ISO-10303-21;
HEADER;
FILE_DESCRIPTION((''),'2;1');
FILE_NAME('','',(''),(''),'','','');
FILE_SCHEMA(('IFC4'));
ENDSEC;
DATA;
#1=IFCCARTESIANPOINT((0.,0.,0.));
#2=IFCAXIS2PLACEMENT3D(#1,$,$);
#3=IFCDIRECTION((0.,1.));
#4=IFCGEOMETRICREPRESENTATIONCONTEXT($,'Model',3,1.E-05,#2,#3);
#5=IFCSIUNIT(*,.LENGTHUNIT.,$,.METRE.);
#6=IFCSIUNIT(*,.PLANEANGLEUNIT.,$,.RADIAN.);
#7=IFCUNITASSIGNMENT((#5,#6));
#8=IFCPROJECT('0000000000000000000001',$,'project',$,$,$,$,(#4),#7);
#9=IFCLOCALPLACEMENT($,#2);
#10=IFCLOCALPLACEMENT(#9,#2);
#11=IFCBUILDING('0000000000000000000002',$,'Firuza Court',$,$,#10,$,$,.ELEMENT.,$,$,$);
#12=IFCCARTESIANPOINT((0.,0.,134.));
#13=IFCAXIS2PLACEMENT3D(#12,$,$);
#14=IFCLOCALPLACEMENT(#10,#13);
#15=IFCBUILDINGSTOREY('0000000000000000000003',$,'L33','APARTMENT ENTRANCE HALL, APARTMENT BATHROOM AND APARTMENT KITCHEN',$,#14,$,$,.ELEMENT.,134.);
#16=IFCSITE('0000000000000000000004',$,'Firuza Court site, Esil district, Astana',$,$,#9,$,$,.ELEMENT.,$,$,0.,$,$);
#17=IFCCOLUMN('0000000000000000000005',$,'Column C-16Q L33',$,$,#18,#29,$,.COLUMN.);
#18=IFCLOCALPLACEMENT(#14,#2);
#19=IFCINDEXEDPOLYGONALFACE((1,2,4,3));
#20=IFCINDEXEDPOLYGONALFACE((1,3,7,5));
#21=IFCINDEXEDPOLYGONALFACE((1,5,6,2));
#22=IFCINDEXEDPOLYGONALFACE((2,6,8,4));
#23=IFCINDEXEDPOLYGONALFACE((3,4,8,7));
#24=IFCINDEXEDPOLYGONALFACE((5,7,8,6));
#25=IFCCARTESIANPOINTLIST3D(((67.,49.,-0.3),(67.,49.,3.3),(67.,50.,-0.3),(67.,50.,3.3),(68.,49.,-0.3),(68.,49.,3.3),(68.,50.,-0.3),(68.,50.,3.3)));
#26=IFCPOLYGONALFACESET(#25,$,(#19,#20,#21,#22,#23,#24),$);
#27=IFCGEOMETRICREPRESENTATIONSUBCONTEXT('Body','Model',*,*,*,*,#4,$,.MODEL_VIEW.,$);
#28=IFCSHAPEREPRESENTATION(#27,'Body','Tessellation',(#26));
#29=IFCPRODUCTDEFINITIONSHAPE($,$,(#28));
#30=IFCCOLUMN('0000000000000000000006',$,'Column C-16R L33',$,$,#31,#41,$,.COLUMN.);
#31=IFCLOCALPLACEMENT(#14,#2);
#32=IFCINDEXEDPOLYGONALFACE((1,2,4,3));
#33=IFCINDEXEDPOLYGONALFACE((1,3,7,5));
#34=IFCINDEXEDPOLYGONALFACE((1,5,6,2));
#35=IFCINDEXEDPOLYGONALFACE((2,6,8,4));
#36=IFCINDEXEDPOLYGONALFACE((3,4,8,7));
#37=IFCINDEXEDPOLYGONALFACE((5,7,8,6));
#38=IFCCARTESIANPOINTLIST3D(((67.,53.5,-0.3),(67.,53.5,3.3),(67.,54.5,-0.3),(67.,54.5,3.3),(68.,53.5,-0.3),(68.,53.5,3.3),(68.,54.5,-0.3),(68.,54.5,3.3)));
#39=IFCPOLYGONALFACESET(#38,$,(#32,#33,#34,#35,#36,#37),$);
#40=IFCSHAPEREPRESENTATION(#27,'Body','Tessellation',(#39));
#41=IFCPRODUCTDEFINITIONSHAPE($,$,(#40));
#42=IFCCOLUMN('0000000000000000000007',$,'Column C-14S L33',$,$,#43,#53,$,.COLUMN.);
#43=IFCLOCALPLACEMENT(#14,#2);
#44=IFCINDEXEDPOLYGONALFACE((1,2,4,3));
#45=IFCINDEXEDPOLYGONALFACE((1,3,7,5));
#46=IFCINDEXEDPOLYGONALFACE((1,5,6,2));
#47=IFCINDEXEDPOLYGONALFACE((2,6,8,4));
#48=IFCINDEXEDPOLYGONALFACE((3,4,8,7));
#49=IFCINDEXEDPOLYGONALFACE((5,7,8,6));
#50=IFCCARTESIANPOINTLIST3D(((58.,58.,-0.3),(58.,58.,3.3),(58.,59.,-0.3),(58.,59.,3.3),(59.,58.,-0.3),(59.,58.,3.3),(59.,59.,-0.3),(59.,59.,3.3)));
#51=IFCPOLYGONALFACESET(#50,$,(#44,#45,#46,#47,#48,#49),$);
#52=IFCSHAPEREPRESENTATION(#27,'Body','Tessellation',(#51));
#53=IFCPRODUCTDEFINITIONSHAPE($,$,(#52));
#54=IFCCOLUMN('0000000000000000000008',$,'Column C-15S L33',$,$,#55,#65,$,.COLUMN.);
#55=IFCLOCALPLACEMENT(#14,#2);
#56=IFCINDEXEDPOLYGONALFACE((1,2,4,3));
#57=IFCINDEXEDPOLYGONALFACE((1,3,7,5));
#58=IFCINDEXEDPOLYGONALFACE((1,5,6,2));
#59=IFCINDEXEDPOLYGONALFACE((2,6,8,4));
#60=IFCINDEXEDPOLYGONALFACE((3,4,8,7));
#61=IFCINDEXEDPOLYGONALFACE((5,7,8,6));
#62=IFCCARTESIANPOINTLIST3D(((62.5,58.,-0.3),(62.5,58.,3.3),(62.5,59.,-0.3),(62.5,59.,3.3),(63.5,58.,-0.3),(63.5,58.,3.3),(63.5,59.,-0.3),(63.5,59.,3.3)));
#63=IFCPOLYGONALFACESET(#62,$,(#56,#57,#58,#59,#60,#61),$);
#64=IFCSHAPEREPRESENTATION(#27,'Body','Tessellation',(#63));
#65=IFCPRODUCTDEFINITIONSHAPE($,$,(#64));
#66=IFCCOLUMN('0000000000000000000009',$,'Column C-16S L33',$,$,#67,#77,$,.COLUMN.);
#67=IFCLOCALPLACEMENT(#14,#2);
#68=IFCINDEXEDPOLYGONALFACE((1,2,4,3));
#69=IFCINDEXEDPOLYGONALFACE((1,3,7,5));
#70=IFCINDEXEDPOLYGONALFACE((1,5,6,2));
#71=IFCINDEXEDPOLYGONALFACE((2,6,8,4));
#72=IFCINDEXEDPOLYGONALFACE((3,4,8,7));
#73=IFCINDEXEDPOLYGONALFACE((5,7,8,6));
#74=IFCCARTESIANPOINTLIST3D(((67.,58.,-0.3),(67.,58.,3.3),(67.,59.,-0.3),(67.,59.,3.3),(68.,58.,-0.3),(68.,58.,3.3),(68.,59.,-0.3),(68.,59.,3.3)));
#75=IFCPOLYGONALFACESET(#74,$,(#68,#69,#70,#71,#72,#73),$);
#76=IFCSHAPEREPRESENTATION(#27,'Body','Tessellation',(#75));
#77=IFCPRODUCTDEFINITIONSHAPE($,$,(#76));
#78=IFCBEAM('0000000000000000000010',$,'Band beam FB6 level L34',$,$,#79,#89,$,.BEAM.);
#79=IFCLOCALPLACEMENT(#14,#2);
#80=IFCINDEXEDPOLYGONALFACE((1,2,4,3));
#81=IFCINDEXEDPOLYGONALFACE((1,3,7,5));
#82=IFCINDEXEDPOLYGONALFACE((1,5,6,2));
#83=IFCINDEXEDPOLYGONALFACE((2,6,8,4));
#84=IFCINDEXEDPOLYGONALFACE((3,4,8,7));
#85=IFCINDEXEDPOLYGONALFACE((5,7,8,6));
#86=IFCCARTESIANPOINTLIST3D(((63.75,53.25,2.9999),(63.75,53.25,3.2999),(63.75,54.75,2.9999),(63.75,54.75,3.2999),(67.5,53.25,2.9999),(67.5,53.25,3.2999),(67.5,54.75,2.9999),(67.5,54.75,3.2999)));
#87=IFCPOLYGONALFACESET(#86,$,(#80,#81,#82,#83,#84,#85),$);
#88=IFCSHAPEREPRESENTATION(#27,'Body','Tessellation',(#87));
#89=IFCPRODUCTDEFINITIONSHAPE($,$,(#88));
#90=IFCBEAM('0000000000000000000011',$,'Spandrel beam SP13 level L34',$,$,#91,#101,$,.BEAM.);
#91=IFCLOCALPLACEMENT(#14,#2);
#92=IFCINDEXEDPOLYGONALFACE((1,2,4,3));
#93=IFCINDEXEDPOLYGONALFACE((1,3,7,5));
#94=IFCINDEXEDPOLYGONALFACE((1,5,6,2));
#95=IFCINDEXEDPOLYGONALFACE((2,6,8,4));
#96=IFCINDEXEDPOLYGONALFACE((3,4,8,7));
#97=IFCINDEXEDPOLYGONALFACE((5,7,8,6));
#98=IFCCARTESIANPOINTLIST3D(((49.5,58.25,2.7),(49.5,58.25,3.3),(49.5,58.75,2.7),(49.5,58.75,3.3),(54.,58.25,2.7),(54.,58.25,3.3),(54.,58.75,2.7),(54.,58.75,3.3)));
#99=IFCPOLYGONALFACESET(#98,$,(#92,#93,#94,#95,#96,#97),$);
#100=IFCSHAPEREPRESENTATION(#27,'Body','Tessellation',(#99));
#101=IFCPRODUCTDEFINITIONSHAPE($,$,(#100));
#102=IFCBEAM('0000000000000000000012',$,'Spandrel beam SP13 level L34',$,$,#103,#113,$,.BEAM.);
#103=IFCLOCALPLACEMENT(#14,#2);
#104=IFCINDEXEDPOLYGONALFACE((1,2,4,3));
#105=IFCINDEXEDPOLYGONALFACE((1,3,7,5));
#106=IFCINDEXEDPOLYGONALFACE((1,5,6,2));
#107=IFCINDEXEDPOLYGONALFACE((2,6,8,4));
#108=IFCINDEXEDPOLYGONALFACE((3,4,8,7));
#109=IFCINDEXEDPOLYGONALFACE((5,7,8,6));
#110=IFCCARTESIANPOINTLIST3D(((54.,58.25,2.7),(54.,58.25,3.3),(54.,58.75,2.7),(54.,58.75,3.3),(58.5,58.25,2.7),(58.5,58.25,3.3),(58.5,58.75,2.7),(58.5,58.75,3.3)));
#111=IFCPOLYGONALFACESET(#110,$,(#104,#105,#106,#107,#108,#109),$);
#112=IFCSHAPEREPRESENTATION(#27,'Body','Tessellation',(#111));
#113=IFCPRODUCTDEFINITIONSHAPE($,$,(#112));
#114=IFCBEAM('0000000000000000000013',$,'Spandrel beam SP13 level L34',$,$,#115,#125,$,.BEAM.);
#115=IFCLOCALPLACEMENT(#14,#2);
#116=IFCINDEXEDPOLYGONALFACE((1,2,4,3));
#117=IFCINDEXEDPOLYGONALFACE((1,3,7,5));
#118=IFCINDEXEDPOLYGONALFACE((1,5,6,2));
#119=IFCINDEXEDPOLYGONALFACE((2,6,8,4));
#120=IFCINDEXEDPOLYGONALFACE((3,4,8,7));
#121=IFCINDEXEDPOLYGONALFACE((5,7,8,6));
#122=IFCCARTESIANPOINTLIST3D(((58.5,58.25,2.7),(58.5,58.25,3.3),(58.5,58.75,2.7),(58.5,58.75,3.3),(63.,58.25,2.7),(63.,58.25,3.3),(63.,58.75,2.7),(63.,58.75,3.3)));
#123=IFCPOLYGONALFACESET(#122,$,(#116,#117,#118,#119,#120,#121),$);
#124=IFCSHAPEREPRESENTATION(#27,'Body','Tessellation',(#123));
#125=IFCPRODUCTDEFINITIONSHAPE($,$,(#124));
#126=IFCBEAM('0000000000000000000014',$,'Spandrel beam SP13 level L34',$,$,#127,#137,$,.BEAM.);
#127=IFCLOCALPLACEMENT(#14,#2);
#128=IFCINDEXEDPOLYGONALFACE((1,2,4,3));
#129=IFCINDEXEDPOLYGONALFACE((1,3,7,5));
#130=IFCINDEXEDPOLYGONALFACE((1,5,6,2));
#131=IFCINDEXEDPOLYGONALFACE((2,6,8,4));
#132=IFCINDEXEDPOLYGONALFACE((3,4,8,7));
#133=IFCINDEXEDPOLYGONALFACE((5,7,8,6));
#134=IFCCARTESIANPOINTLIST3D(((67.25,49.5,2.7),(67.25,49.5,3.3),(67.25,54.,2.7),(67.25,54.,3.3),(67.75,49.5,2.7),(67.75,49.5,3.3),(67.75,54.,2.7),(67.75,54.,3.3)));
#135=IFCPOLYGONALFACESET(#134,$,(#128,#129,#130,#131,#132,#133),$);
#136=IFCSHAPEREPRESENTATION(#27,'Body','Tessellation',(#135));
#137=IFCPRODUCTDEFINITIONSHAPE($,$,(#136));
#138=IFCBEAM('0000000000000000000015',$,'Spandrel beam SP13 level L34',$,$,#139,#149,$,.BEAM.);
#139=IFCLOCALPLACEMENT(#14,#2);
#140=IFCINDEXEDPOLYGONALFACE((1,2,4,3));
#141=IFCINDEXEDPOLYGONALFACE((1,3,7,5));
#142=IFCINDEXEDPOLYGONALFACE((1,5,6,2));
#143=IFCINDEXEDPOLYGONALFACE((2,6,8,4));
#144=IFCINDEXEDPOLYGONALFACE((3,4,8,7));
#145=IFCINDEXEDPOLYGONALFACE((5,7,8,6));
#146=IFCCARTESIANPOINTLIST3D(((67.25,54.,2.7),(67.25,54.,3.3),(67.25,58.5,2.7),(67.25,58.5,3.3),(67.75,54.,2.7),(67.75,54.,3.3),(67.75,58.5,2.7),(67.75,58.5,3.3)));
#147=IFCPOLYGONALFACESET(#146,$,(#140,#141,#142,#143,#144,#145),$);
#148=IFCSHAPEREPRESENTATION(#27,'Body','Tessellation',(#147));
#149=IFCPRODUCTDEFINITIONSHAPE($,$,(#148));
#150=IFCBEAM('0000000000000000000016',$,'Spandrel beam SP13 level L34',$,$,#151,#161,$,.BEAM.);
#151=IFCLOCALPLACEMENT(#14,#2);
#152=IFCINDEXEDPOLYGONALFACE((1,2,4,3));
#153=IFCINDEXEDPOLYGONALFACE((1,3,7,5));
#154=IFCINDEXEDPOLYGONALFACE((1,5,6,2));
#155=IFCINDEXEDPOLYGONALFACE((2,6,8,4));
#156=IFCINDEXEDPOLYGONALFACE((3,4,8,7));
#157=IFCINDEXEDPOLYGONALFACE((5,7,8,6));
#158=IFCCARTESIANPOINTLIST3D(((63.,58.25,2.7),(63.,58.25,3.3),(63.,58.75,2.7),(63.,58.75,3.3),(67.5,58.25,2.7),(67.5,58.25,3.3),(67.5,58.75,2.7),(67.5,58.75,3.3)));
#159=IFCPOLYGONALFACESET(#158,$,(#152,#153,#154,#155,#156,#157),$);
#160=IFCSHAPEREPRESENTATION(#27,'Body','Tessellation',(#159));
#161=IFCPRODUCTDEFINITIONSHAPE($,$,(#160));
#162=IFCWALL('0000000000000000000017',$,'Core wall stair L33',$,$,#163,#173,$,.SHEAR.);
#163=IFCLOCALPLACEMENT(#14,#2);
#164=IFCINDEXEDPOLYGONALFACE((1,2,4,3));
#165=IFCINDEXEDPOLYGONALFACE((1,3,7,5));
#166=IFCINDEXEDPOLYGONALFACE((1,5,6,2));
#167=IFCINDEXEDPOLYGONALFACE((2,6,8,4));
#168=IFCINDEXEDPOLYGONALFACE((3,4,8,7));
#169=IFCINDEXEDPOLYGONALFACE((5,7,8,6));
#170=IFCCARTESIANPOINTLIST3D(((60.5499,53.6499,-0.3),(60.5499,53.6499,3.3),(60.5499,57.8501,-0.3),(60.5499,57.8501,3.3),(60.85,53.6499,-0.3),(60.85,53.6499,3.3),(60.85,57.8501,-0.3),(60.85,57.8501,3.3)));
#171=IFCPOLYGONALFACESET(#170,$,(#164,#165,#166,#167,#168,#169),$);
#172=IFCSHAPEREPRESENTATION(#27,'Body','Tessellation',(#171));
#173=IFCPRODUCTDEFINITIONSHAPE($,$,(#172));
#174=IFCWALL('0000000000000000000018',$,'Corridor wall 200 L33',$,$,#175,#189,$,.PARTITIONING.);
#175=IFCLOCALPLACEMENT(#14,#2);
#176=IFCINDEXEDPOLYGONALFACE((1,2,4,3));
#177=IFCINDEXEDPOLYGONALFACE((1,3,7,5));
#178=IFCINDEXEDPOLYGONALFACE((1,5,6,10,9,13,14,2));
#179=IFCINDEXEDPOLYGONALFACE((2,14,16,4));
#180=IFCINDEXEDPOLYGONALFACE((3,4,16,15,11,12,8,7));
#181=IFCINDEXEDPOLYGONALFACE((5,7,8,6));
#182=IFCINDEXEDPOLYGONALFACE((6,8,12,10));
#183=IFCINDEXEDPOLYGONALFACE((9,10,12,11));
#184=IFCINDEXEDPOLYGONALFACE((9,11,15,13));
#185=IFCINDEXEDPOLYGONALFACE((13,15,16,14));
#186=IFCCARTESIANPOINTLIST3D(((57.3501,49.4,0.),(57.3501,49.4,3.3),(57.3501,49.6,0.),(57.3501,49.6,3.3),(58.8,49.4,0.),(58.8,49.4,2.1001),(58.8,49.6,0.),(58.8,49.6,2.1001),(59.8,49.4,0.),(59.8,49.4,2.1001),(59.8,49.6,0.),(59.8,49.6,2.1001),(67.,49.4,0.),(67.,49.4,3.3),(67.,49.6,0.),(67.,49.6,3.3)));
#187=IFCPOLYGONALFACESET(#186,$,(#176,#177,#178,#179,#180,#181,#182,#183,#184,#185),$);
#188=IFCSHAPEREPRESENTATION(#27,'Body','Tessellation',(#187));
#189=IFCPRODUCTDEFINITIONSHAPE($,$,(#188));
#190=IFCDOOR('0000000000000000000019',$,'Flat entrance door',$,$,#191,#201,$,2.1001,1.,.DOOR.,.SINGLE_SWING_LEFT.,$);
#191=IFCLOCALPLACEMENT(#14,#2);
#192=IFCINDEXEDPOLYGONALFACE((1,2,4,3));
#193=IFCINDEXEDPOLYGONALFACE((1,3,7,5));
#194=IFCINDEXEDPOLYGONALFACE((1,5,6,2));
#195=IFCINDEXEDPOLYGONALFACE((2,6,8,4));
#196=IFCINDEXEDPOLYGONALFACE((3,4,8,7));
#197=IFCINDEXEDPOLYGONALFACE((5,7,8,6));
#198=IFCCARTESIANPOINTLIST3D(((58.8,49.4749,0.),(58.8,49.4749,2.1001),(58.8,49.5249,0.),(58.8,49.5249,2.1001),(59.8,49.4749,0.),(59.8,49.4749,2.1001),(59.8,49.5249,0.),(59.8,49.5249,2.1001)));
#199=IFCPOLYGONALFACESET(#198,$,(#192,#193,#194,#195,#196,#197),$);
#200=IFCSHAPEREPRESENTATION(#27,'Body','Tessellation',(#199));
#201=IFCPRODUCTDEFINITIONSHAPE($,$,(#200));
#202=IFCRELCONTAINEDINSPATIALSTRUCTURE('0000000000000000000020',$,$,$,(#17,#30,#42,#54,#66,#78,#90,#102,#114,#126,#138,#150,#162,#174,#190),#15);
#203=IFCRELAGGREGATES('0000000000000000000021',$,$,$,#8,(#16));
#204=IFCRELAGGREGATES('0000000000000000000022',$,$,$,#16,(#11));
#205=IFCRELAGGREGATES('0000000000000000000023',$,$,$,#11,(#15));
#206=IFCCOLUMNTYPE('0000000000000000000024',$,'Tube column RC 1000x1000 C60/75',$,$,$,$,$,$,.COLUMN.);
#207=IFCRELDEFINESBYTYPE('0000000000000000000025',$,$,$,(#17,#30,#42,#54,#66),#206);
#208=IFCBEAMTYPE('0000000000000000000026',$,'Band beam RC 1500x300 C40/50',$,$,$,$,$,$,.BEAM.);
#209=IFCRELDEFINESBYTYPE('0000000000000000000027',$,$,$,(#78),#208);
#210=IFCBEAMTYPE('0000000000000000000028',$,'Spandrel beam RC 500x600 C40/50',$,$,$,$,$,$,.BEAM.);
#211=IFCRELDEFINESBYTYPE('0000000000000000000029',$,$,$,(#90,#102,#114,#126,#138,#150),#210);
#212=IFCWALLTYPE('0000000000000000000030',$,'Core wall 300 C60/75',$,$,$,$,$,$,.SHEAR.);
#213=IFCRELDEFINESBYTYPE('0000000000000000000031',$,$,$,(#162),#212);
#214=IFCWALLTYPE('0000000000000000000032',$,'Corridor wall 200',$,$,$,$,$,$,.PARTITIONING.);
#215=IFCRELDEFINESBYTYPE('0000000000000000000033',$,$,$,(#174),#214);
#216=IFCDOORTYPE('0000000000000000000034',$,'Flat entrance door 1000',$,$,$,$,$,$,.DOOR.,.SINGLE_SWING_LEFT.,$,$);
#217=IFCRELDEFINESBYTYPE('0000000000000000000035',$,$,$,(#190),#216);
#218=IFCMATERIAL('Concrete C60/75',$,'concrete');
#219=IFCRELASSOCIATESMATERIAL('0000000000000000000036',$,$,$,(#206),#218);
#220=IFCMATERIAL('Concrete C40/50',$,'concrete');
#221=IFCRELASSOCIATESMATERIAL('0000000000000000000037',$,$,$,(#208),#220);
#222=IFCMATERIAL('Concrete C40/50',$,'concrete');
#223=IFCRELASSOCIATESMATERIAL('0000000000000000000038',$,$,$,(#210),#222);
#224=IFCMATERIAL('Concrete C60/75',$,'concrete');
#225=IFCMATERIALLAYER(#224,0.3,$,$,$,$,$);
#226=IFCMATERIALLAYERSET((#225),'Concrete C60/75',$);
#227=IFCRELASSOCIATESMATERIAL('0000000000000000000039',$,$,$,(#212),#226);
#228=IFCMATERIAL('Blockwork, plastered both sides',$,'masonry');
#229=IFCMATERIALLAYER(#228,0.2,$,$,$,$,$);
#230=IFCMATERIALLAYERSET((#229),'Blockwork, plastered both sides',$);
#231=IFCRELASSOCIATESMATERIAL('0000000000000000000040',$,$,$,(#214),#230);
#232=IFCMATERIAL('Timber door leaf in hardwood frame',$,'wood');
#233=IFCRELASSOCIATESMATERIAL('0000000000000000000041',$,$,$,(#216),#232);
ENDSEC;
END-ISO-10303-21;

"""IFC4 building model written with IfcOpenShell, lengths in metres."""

from ifc_helpers import new_model, si_unit, direction, frame, frame_2d, origin, origin_2d, place, context, subcontext, project, spatial, rectangle, extrude, material, layer, layer_set, material_profile, profile_set, type_object, element, fill, save


model = new_model("IFC4")

# Units and contexts
model_context = context("Model", 3, precision=1e-05, world=origin(), true_north=direction((0.0, 1.0)))
body_context = subcontext(model_context, "Body", "Model", "MODEL_VIEW")
ifc_project = project(units=[si_unit("LENGTHUNIT", "METRE"), si_unit("PLANEANGLEUNIT", "RADIAN")], contexts=[model_context])

# Site, building, storey
site_placement = place(None, origin())
site = spatial("IfcSite", under=ifc_project, at=site_placement, Name="Firuza Court site, Esil district, Astana", CompositionType="ELEMENT", RefElevation=0.0)
building_placement = place(site_placement, origin())
building = spatial("IfcBuilding", under=site, at=building_placement, Name="Firuza Court", CompositionType="ELEMENT")
storey_placement = place(building_placement, frame((0.0, 0.0, 134.0)))
storey = spatial("IfcBuildingStorey", under=building, at=storey_placement, Name="L33", Description="APARTMENT ENTRANCE HALL, APARTMENT BATHROOM AND APARTMENT KITCHEN", CompositionType="ELEMENT", Elevation=134.0)

# Columns
ifc_material_1 = material(Name="Concrete C60/75", Category="concrete")
ifc_material_profile_1 = material_profile(ifc_material_1, rectangle(XDim=1.0, YDim=1.0, at=origin_2d()), Name="RC 1000x1000")
ifc_profile_set_1 = profile_set([ifc_material_profile_1], Name="Concrete C60/75")
column_type = type_object("IfcColumnType", Name="Tube column RC 1000x1000 C60/75", PredefinedType="COLUMN", material=ifc_profile_set_1)
for number, where, z_axis, x_axis, name in (
    (1, (67.5, 49.5, -0.3), (0.0, 0.0, 1.0), (1.0, 0.0, 0.0), "Column C-16Q L33"),
    (2, (67.5, 54.0, -0.3), (0.0, 0.0, 1.0), (1.0, 0.0, 0.0), "Column C-16R L33"),
    (3, (58.5, 58.5, -0.3), (0.0, 0.0, 1.0), (1.0, 0.0, 0.0), "Column C-14S L33"),
    (4, (63.0, 58.5, -0.3), (0.0, 0.0, 1.0), (1.0, 0.0, 0.0), "Column C-15S L33"),
    (5, (67.5, 58.5, -0.3), (0.0, 0.0, 1.0), (1.0, 0.0, 0.0), "Column C-16S L33"),
):
    element("IfcColumn", number, at=place(storey_placement, frame(where, z_axis=z_axis, x_axis=x_axis)), inside=storey, type_object=column_type, Name=name, PredefinedType="COLUMN", context=body_context, shape_type="SweptSolid", body=[
        extrude(rectangle(XDim=1.0, YDim=1.0, at=origin_2d()), origin(), (0.0, 0.0, 1.0), 3.6001),
    ])

# Beams
ifc_material_2 = material(Name="Concrete C40/50", Category="concrete")
ifc_material_profile_2 = material_profile(ifc_material_2, rectangle(XDim=1.5, YDim=0.3, at=origin_2d()), Name="RC 1500x300")
ifc_profile_set_2 = profile_set([ifc_material_profile_2], Name="Concrete C40/50")
beam_type_1 = type_object("IfcBeamType", Name="Band beam RC 1500x300 C40/50", PredefinedType="BEAM", material=ifc_profile_set_2)
beam_placement = place(storey_placement, frame((67.5, 54.0, 3.1499), z_axis=(-1.0, 0.0, 0.0), x_axis=(0.0, -1.0, 0.0)))
element("IfcBeam", 6, at=beam_placement, inside=storey, type_object=beam_type_1, Name="Band beam FB6 level L34", PredefinedType="BEAM", context=body_context, shape_type="SweptSolid", body=[
    extrude(rectangle(XDim=1.5, YDim=0.3, at=origin_2d()), origin(), (0.0, 0.0, 1.0), 3.75),
])
ifc_material_3 = material(Name="Concrete C40/50", Category="concrete")
ifc_material_profile_3 = material_profile(ifc_material_3, rectangle(XDim=0.5, YDim=0.6001, at=origin_2d()), Name="RC 500x600")
ifc_profile_set_3 = profile_set([ifc_material_profile_3], Name="Concrete C40/50")
beam_type_2 = type_object("IfcBeamType", Name="Spandrel beam RC 500x600 C40/50", PredefinedType="BEAM", material=ifc_profile_set_3)
for number, where, z_axis, x_axis, name in (
    (7, (54.0, 58.5, 3.0), (-1.0, 0.0, 0.0), (0.0, -1.0, 0.0), "Spandrel beam SP13 level L34"),
    (8, (58.5, 58.5, 3.0), (-1.0, 0.0, 0.0), (0.0, -1.0, 0.0), "Spandrel beam SP13 level L34"),
    (9, (63.0, 58.5, 3.0), (-1.0, 0.0, 0.0), (0.0, -1.0, 0.0), "Spandrel beam SP13 level L34"),
    (10, (67.5, 49.5, 3.0), (0.0, 1.0, 0.0), (-1.0, 0.0, 0.0), "Spandrel beam SP13 level L34"),
    (11, (67.5, 54.0, 3.0), (0.0, 1.0, 0.0), (-1.0, 0.0, 0.0), "Spandrel beam SP13 level L34"),
    (12, (67.5, 58.5, 3.0), (-1.0, 0.0, 0.0), (0.0, -1.0, 0.0), "Spandrel beam SP13 level L34"),
):
    element("IfcBeam", number, at=place(storey_placement, frame(where, z_axis=z_axis, x_axis=x_axis)), inside=storey, type_object=beam_type_2, Name=name, PredefinedType="BEAM", context=body_context, shape_type="SweptSolid", body=[
        extrude(rectangle(XDim=0.5, YDim=0.6001, at=origin_2d()), origin(), (0.0, 0.0, 1.0), 4.5),
    ])

# Wall
ifc_material_4 = material(Name="Concrete C60/75", Category="concrete")
ifc_layer_1 = layer(ifc_material_4, 0.3)
ifc_layer_set_1 = layer_set([ifc_layer_1], Name="Concrete C60/75")
wall_type_1 = type_object("IfcWallType", Name="Core wall 300 C60/75", PredefinedType="SHEAR", material=ifc_layer_set_1)
wall_1_placement = place(storey_placement, frame((60.7, 53.6499, -0.3), z_axis=(0.0, 0.0, 1.0), x_axis=(0.0, 1.0, 0.0)))
element("IfcWall", 13, at=wall_1_placement, inside=storey, type_object=wall_type_1, Name="Core wall stair L33", PredefinedType="SHEAR", context=body_context, shape_type="SweptSolid", body=[
    extrude(rectangle(XDim=4.2002, YDim=0.3, at=frame_2d((2.1001, 0.0))), origin(), (0.0, 0.0, 1.0), 3.6001),
])

# Wall, opening, door
ifc_material_5 = material(Name="Blockwork, plastered both sides", Category="masonry")
ifc_layer_2 = layer(ifc_material_5, 0.2)
ifc_layer_set_2 = layer_set([ifc_layer_2], Name="Blockwork, plastered both sides")
wall_type_2 = type_object("IfcWallType", Name="Corridor wall 200", PredefinedType="PARTITIONING", material=ifc_layer_set_2)
wall_2_placement = place(storey_placement, frame((57.3501, 49.5, 0.0), z_axis=(0.0, 0.0, 1.0), x_axis=(1.0, 0.0, 0.0)))
wall_2 = element("IfcWall", 14, at=wall_2_placement, inside=storey, type_object=wall_type_2, Name="Corridor wall 200 L33", PredefinedType="PARTITIONING", context=body_context, shape_type="SweptSolid", body=[
    extrude(rectangle(XDim=9.6499, YDim=0.2, at=frame_2d((4.825, 0.0))), origin(), (0.0, 0.0, 1.0), 3.3),
])
opening_1_placement = place(wall_2_placement, frame((1.45, 0.0, 0.0)))
opening_1 = element("IfcOpeningElement", 15, at=opening_1_placement, cuts=wall_2, PredefinedType="OPENING", context=body_context, shape_type="SweptSolid", body=[
    extrude(rectangle(XDim=1.0, YDim=2.1001, at=frame_2d((0.5, 1.05))), frame((0.0, 0.1118, 0.0), z_axis=(0.0, -1.0, 0.0), x_axis=(1.0, 0.0, 0.0)), (0.0, 0.0, 1.0), 0.2239),
])
ifc_material_6 = material(Name="Timber door leaf in hardwood frame", Category="wood")
door_type_1 = type_object("IfcDoorType", Name="Flat entrance door 1000", OperationType="SINGLE_SWING_LEFT", PredefinedType="DOOR", material=ifc_material_6)
door_1_placement = place(opening_1_placement, origin())
door_1 = element("IfcDoor", 16, at=door_1_placement, inside=storey, type_object=door_type_1, Name="Flat entrance door", OperationType="SINGLE_SWING_LEFT", OverallHeight=2.1001, OverallWidth=1.0, PredefinedType="DOOR", context=body_context, shape_type="SweptSolid", body=[
    extrude(rectangle(XDim=1.0, YDim=2.1001, at=frame_2d((0.5, 1.05))), frame((0.0, 0.0249, 0.0), z_axis=(0.0, -1.0, 0.0), x_axis=(1.0, 0.0, 0.0)), (0.0, 0.0, 1.0), 0.05),
])
fill(opening_1, door_1)

save(model, "model.ifc")
